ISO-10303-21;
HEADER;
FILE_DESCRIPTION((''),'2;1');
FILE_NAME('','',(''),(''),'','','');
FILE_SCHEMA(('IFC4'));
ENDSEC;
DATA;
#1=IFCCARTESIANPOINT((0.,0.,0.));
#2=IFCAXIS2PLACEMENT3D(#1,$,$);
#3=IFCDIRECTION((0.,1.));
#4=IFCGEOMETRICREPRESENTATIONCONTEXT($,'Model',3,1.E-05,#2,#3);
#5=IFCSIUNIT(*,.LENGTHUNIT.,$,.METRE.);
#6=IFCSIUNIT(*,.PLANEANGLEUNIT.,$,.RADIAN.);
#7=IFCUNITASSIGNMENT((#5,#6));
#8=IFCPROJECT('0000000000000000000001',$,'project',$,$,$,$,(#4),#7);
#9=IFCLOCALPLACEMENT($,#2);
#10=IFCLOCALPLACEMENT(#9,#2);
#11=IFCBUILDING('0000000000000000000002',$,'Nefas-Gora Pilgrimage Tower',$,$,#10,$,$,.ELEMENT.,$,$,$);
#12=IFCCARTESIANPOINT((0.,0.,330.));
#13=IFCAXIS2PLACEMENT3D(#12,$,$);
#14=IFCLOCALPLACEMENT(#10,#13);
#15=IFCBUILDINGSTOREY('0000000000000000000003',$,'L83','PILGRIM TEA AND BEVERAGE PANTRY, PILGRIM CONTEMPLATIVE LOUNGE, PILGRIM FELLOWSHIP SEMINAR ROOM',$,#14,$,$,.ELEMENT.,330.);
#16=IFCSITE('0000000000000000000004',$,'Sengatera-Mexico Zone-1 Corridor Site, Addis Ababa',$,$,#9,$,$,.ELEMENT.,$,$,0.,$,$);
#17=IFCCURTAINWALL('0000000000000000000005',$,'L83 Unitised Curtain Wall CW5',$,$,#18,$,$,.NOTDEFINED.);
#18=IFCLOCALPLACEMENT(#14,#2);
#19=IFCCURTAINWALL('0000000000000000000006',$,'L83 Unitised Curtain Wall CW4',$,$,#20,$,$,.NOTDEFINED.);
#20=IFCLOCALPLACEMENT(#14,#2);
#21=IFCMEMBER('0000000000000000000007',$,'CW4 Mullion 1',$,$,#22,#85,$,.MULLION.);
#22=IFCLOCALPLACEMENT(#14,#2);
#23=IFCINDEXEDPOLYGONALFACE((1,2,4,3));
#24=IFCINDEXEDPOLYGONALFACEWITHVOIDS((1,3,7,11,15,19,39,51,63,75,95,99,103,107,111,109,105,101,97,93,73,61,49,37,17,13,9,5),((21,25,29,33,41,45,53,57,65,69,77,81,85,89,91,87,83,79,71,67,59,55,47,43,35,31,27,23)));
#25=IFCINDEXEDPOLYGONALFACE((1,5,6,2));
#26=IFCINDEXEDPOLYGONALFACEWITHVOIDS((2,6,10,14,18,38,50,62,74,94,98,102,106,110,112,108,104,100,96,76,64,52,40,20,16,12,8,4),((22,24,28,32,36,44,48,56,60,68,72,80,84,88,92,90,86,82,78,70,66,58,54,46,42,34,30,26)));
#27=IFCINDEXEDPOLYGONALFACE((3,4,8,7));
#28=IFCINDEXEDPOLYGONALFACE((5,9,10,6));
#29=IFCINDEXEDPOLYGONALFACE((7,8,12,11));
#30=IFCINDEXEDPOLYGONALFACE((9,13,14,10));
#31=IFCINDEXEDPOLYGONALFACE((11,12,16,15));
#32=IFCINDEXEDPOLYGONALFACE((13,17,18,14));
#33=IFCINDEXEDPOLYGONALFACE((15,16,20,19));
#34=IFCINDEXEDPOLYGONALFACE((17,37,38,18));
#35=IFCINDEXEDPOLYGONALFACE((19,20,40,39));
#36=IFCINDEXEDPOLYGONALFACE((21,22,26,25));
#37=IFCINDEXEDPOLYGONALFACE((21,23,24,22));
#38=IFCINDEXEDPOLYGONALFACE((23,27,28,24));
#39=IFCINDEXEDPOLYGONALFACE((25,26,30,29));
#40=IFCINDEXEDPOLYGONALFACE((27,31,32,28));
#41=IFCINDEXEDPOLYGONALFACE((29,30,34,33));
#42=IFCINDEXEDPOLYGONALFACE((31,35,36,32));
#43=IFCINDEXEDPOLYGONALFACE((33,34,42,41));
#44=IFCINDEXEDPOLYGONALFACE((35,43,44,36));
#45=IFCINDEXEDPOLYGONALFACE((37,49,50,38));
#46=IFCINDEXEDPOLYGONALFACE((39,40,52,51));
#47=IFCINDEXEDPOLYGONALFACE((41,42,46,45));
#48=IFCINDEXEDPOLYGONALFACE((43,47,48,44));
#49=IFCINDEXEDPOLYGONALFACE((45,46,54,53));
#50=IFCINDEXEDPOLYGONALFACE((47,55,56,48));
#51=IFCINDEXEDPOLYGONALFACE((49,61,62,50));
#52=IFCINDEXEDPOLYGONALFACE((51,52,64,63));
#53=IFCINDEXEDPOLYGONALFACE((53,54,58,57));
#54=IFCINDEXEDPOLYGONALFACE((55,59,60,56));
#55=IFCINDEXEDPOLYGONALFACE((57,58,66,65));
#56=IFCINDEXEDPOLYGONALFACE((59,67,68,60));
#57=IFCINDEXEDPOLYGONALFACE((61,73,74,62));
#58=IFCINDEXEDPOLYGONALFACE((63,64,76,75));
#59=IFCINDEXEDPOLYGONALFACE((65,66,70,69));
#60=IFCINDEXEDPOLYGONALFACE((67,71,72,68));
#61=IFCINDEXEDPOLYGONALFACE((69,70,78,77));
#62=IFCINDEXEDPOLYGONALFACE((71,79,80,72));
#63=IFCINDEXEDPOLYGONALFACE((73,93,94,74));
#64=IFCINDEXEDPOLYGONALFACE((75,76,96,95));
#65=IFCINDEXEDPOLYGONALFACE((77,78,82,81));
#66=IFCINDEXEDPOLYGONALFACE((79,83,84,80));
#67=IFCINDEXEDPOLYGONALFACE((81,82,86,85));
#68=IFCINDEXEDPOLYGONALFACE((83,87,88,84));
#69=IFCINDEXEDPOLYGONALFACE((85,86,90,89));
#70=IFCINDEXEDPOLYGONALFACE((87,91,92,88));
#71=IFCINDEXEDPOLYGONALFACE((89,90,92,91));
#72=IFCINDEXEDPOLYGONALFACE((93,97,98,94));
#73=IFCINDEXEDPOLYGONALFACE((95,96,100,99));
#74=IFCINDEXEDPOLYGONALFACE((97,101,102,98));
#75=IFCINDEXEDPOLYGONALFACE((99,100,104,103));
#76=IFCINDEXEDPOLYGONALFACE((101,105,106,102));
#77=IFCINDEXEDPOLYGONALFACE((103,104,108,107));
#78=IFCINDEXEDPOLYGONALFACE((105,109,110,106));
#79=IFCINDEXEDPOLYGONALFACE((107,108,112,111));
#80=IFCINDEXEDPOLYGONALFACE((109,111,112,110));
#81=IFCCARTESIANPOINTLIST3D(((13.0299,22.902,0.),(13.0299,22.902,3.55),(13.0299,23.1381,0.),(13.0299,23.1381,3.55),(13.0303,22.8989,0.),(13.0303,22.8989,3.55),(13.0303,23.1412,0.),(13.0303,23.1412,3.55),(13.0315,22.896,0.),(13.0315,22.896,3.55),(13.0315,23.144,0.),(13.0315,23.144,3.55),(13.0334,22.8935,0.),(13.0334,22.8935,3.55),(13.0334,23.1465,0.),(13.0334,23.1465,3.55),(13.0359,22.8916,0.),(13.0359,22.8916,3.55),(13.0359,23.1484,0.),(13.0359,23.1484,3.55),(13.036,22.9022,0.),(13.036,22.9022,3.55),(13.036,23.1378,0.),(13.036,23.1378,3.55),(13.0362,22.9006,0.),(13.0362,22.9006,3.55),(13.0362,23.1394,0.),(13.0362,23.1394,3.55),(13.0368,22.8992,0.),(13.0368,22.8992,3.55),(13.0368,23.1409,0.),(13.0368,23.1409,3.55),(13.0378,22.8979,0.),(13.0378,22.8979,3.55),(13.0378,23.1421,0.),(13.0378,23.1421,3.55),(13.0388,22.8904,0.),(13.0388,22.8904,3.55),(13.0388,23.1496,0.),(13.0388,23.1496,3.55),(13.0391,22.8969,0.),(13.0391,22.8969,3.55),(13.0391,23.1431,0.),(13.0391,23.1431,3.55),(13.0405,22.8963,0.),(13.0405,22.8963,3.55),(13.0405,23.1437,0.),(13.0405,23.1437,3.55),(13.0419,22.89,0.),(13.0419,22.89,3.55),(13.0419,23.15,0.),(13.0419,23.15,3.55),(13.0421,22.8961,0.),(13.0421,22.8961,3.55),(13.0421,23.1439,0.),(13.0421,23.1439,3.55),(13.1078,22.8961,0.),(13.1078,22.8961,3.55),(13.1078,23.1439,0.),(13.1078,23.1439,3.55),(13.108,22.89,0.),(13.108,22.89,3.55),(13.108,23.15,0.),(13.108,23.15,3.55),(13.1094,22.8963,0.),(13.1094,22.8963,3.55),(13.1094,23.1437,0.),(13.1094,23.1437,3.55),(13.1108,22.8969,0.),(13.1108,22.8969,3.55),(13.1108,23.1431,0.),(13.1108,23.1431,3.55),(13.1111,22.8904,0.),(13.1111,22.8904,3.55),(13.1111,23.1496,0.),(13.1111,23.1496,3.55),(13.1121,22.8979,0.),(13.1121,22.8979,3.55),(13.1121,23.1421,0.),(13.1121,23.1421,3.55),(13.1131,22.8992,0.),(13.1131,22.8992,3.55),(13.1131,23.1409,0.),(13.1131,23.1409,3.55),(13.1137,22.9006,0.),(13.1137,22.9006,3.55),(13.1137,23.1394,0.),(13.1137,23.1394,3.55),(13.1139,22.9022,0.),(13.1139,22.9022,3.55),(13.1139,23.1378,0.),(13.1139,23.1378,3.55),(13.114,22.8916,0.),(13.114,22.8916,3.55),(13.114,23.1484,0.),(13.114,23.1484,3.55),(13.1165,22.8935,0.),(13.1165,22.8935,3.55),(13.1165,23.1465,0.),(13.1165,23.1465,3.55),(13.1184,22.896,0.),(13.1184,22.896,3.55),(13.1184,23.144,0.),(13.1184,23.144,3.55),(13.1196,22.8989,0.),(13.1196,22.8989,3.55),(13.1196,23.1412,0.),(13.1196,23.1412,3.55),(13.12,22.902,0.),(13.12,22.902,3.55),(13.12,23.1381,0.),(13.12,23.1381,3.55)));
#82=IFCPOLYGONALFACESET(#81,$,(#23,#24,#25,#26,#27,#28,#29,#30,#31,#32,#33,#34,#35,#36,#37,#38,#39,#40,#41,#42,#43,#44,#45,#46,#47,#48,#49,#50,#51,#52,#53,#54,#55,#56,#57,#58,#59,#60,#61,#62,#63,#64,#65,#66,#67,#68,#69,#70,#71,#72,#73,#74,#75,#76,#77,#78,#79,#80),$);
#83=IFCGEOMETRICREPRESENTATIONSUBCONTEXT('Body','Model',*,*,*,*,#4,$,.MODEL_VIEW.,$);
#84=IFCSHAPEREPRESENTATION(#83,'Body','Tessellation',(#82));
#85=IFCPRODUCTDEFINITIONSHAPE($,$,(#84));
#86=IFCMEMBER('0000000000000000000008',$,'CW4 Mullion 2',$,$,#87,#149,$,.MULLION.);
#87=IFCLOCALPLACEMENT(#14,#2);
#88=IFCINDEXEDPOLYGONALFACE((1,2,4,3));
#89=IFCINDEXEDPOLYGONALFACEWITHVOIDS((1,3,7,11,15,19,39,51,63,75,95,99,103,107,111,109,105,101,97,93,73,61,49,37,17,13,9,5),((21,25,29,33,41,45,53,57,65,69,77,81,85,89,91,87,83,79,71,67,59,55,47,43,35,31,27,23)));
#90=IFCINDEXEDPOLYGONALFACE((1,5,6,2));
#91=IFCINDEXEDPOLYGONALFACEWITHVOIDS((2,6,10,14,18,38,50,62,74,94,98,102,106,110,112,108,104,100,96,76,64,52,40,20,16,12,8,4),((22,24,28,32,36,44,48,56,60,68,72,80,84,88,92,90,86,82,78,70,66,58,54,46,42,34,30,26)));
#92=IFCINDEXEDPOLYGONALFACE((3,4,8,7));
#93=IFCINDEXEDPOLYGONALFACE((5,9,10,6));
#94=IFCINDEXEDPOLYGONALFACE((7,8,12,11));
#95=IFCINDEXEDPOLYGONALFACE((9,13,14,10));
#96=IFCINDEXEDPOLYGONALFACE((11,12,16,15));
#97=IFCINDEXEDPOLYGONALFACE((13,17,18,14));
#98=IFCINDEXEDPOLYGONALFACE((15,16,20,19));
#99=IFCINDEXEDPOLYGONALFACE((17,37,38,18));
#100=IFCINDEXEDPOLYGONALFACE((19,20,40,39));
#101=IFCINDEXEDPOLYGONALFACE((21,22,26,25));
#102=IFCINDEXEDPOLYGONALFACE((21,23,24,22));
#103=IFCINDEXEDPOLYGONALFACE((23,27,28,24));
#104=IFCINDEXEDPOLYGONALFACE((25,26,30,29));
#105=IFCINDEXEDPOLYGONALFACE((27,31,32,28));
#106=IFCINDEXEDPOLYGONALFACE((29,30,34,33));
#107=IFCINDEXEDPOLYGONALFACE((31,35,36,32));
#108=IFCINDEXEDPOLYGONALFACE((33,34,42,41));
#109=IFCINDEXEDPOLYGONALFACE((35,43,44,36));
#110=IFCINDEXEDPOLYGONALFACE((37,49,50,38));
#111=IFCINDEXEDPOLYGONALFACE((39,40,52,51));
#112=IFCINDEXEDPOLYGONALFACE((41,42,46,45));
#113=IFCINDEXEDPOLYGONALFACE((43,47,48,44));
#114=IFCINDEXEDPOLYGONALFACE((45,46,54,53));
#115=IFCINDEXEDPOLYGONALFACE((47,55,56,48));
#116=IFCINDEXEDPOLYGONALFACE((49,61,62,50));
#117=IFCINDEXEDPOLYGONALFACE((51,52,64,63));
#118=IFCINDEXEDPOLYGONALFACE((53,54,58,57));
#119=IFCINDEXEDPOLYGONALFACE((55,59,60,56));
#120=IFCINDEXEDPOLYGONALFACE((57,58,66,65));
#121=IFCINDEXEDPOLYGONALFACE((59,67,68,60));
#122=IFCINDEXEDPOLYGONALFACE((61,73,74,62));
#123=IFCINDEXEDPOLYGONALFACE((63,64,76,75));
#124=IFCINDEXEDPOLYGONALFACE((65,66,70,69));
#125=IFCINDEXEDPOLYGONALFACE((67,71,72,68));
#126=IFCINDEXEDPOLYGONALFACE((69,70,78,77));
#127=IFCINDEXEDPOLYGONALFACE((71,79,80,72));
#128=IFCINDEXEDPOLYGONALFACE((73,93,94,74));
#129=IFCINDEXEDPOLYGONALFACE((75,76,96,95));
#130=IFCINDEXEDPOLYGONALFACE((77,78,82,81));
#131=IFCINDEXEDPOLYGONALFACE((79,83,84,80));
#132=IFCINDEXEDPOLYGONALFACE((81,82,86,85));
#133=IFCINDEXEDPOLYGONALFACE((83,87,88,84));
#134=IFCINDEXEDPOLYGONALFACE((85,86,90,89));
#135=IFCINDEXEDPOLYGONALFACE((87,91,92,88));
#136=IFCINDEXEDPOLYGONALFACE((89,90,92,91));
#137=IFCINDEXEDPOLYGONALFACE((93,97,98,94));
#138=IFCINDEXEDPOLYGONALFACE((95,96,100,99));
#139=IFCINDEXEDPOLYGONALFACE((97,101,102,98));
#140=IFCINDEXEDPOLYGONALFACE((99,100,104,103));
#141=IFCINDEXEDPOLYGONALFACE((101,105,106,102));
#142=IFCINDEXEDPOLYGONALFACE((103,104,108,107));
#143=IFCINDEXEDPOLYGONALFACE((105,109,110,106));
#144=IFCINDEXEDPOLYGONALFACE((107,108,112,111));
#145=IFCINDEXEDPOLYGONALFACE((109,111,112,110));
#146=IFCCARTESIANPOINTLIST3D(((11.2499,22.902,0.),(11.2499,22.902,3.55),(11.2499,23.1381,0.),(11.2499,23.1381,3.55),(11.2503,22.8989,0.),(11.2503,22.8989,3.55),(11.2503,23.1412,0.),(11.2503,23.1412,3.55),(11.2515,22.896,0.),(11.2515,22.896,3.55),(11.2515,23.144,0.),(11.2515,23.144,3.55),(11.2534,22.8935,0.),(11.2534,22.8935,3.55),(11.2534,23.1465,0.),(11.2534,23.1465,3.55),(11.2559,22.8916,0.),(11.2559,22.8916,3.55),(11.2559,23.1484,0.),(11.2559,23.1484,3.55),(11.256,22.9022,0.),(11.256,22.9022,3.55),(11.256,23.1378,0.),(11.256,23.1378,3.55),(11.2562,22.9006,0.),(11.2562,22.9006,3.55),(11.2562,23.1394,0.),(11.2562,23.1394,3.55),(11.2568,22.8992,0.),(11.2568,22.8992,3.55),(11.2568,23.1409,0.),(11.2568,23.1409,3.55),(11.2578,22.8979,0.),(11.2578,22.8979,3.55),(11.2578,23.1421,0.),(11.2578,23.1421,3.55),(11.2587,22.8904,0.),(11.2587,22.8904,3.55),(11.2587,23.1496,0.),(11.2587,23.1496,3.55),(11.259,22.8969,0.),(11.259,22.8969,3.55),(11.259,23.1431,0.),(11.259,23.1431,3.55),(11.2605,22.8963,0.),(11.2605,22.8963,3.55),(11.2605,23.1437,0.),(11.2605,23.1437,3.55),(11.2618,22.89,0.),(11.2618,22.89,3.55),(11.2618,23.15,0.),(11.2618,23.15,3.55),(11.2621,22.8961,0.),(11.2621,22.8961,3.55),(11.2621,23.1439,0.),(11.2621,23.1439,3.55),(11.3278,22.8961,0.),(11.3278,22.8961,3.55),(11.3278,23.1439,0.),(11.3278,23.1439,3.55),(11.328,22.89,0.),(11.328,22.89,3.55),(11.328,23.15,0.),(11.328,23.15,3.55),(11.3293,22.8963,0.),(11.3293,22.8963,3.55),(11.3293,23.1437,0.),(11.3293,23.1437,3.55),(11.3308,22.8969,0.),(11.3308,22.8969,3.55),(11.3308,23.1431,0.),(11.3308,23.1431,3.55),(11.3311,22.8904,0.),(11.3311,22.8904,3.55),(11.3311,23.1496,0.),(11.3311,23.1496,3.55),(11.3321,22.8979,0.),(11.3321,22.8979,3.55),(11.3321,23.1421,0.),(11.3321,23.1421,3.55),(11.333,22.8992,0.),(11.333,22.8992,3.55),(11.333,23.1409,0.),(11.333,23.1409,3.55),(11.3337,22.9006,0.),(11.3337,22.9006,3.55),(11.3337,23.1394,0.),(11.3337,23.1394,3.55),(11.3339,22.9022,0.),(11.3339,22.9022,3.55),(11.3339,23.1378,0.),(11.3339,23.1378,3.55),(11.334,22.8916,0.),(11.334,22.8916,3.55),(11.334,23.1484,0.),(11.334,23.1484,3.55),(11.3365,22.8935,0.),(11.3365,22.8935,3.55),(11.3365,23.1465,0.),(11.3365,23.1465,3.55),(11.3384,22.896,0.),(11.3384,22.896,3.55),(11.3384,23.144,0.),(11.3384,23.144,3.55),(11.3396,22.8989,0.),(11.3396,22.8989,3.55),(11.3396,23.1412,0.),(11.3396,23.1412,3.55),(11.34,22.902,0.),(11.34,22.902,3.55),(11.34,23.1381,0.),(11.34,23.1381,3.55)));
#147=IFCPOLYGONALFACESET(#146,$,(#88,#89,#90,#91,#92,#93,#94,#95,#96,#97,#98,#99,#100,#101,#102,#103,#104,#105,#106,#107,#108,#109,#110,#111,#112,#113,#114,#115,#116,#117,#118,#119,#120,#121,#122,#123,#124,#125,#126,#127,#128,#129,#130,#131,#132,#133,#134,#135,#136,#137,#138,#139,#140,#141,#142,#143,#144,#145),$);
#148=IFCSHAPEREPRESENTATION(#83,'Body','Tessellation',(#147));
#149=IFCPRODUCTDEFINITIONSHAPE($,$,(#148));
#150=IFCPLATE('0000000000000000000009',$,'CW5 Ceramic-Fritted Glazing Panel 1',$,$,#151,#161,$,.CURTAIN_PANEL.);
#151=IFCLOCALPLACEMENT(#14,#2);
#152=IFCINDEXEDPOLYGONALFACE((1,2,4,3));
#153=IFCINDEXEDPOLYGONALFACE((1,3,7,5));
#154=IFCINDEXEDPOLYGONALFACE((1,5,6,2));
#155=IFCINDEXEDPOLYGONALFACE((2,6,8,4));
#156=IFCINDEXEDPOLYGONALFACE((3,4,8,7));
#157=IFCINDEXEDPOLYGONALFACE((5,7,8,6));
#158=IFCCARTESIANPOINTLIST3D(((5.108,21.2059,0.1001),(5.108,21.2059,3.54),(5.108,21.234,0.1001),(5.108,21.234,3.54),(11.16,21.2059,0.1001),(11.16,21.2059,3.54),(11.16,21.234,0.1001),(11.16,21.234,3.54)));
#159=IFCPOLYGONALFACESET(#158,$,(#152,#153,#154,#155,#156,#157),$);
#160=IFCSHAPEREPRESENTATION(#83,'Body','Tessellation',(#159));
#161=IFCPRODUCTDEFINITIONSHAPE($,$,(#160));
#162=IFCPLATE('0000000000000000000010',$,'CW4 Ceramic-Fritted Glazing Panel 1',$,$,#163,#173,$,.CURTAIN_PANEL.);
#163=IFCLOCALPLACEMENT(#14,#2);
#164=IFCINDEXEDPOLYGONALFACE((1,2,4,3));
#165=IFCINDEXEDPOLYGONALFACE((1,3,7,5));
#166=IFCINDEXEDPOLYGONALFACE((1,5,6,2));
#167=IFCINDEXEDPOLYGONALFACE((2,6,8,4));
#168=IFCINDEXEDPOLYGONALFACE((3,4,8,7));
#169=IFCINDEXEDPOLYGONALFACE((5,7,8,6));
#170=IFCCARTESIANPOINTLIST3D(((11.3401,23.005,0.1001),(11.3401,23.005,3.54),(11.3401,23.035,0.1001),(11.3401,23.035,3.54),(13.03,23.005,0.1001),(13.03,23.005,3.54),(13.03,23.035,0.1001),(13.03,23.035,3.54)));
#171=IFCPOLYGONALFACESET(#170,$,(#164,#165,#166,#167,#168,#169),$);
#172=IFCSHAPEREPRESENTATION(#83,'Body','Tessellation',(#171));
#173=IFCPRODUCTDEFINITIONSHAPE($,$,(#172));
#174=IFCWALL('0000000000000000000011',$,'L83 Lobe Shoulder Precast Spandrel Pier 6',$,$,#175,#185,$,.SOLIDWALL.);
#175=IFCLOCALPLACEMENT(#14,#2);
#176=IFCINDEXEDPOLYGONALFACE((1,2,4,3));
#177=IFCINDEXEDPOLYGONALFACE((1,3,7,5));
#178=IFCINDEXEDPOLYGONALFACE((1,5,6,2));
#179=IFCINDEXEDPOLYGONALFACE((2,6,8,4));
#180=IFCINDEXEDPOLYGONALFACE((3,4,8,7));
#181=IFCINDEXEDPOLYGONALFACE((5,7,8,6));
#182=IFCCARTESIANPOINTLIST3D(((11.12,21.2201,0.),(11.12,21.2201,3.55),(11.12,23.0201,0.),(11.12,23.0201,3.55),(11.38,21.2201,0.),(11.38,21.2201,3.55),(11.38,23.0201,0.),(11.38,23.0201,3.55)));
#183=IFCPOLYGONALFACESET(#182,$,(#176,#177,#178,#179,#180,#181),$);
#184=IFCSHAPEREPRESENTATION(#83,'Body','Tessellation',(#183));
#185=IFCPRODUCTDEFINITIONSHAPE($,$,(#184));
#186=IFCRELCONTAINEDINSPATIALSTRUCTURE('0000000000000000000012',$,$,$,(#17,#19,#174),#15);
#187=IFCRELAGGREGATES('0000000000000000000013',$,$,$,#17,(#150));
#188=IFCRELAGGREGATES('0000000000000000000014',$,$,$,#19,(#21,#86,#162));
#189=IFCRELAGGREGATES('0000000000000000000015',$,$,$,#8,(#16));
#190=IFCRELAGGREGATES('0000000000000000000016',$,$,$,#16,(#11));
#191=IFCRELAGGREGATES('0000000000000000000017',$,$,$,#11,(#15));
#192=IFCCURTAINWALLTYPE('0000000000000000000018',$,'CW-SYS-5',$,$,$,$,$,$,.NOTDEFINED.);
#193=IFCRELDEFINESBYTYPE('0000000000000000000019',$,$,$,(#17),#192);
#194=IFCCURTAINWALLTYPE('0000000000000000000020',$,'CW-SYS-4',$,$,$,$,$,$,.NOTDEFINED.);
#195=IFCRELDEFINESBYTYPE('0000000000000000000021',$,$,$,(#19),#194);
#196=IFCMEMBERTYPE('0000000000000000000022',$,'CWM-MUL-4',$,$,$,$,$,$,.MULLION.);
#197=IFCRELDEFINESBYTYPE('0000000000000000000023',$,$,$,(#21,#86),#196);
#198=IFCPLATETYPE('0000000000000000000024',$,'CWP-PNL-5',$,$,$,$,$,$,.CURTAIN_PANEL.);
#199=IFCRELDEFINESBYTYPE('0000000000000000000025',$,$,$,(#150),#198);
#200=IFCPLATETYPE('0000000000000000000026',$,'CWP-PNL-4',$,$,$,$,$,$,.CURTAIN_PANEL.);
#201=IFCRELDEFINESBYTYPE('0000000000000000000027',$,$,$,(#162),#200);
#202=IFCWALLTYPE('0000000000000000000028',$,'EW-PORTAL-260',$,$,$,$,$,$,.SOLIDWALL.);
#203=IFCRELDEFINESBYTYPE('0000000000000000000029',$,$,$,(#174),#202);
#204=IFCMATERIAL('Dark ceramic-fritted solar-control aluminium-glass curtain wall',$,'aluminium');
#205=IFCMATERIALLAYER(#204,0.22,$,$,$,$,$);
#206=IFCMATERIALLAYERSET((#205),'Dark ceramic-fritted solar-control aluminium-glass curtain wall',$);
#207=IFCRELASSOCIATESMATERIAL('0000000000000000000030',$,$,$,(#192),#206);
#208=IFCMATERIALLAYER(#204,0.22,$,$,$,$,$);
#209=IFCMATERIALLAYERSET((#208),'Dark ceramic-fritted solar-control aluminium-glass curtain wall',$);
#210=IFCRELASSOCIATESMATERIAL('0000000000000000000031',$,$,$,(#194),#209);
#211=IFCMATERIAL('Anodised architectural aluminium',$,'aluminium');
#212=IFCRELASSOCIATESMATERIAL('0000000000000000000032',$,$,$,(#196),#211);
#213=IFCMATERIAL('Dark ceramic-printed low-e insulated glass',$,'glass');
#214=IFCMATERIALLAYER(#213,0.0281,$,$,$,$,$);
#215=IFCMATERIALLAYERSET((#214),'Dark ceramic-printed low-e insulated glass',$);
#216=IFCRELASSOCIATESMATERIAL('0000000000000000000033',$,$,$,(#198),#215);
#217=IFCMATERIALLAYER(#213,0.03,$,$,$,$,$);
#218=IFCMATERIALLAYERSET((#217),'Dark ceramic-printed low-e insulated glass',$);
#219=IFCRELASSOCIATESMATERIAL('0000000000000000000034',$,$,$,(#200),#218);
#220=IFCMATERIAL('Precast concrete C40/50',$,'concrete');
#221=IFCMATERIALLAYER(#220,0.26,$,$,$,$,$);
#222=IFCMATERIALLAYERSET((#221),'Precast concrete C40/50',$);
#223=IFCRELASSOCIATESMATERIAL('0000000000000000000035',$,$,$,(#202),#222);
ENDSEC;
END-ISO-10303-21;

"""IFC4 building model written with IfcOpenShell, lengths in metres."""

from ifc_helpers import new_model, si_unit, direction, frame, frame_2d, origin, origin_2d, place, context, subcontext, project, spatial, rectangle, hollow_rectangle, extrude, source, transform, mapped, material, layer, layer_set, material_profile, profile_set, type_object, element, aggregate, save


model = new_model("IFC4")

# Units and contexts
model_context = context("Model", 3, precision=1e-05, world=origin(), true_north=direction((0.0, 1.0)))
body_context = subcontext(model_context, "Body", "Model", "MODEL_VIEW")
ifc_project = project(units=[si_unit("LENGTHUNIT", "METRE"), si_unit("PLANEANGLEUNIT", "RADIAN")], contexts=[model_context])

# Site, building, storey
site_placement = place(None, origin())
site = spatial("IfcSite", under=ifc_project, at=site_placement, Name="Sengatera-Mexico Zone-1 Corridor Site, Addis Ababa", CompositionType="ELEMENT", RefElevation=0.0)
building_placement = place(site_placement, origin())
building = spatial("IfcBuilding", under=site, at=building_placement, Name="Nefas-Gora Pilgrimage Tower", CompositionType="ELEMENT")
storey_placement = place(building_placement, frame((0.0, 0.0, 330.0)))
storey = spatial("IfcBuildingStorey", under=building, at=storey_placement, Name="L83", Description="PILGRIM TEA AND BEVERAGE PANTRY, PILGRIM CONTEMPLATIVE LOUNGE, PILGRIM FELLOWSHIP SEMINAR ROOM", CompositionType="ELEMENT", Elevation=330.0)

# Curtain wall
ifc_material_1 = material(Name="Dark ceramic-fritted solar-control aluminium-glass curtain wall", Category="aluminium")
ifc_layer_1 = layer(ifc_material_1, 0.22)
ifc_layer_set_1 = layer_set([ifc_layer_1], Name="Dark ceramic-fritted solar-control aluminium-glass curtain wall")
curtain_wall_type_1 = type_object("IfcCurtainWallType", Name="CW-SYS-5", PredefinedType="NOTDEFINED", material=ifc_layer_set_1)
curtain_wall_1_placement = place(storey_placement, origin())
curtain_wall_1 = element("IfcCurtainWall", 1, at=curtain_wall_1_placement, inside=storey, type_object=curtain_wall_type_1, Name="L83 Unitised Curtain Wall CW5", PredefinedType="NOTDEFINED")
ifc_material_2 = material(Name="Anodised architectural aluminium", Category="aluminium")

# Curtain wall
ifc_layer_2 = layer(ifc_material_1, 0.22)
ifc_layer_set_2 = layer_set([ifc_layer_2], Name="Dark ceramic-fritted solar-control aluminium-glass curtain wall")
curtain_wall_type_2 = type_object("IfcCurtainWallType", Name="CW-SYS-4", PredefinedType="NOTDEFINED", material=ifc_layer_set_2)
curtain_wall_2_placement = place(storey_placement, origin())
curtain_wall_2 = element("IfcCurtainWall", 2, at=curtain_wall_2_placement, inside=storey, type_object=curtain_wall_type_2, Name="L83 Unitised Curtain Wall CW4", PredefinedType="NOTDEFINED")
ifc_material_profile_1 = material_profile(ifc_material_2, hollow_rectangle(XDim=0.0901, YDim=0.26, WallThickness=0.0061, InnerFilletRadius=0.0061, OuterFilletRadius=0.012, at=origin_2d()), Name="ALU MULLION 90x260")
ifc_profile_set_1 = profile_set([ifc_material_profile_1], Name="Anodised architectural aluminium")
member_type_1 = type_object("IfcMemberType", Name="CWM-MUL-4", PredefinedType="MULLION", material=ifc_profile_set_1)
shared_shape_1 = source(origin(), body_context, "Body", "SweptSolid", [
    extrude(hollow_rectangle(XDim=0.0901, YDim=0.26, WallThickness=0.0061, InnerFilletRadius=0.0061, OuterFilletRadius=0.012, at=origin_2d()), origin(), (0.0, 0.0, 1.0), 3.55),
])

# Members
member_1_placement = place(storey_placement, frame((13.075, 23.02, 0.0), z_axis=(0.0, 0.0, 1.0), x_axis=(-1.0, 0.0, 0.0)))
member_1 = element("IfcMember", 3, at=member_1_placement, type_object=member_type_1, Name="CW4 Mullion 1", PredefinedType="MULLION", context=body_context, shape_type="MappedRepresentation", body=[
    mapped(shared_shape_1, transform((0.0, 0.0, 0.0), x_axis=(1.0, 0.0, 0.0), y_axis=(0.0, 1.0, 0.0), z_axis=(0.0, 0.0, 1.0), scale=1.0)),
])
member_2_placement = place(storey_placement, frame((11.2949, 23.02, 0.0), z_axis=(0.0, 0.0, 1.0), x_axis=(-1.0, 0.0, 0.0)))
member_2 = element("IfcMember", 4, at=member_2_placement, type_object=member_type_1, Name="CW4 Mullion 2", PredefinedType="MULLION", context=body_context, shape_type="MappedRepresentation", body=[
    mapped(shared_shape_1, transform((0.0, 0.0, 0.0), x_axis=(1.0, 0.0, 0.0), y_axis=(0.0, 1.0, 0.0), z_axis=(0.0, 0.0, 1.0), scale=1.0)),
])

# Plates
ifc_material_3 = material(Name="Dark ceramic-printed low-e insulated glass", Category="glass")
ifc_layer_3 = layer(ifc_material_3, 0.0281)
ifc_layer_set_3 = layer_set([ifc_layer_3], Name="Dark ceramic-printed low-e insulated glass")
plate_type_1 = type_object("IfcPlateType", Name="CWP-PNL-5", PredefinedType="CURTAIN_PANEL", material=ifc_layer_set_3)
shared_shape_2 = source(origin(), body_context, "Body", "SweptSolid", [
    extrude(rectangle(XDim=6.052, YDim=0.0281, at=origin_2d()), origin(), (0.0, 0.0, 1.0), 3.4399),
])
plate_1_placement = place(storey_placement, frame((8.134, 21.22, 0.1001), z_axis=(0.0, 0.0, 1.0), x_axis=(-1.0, 0.0, 0.0)))
plate_1 = element("IfcPlate", 5, at=plate_1_placement, type_object=plate_type_1, Name="CW5 Ceramic-Fritted Glazing Panel 1", PredefinedType="CURTAIN_PANEL", context=body_context, shape_type="MappedRepresentation", body=[
    mapped(shared_shape_2, transform((0.0, 0.0, 0.0), x_axis=(1.0, 0.0, 0.0), y_axis=(0.0, 1.0, 0.0), z_axis=(0.0, 0.0, 1.0), scale=1.0)),
])
aggregate(curtain_wall_1, [plate_1])
ifc_layer_4 = layer(ifc_material_3, 0.03)
ifc_layer_set_4 = layer_set([ifc_layer_4], Name="Dark ceramic-printed low-e insulated glass")
plate_type_2 = type_object("IfcPlateType", Name="CWP-PNL-4", PredefinedType="CURTAIN_PANEL", material=ifc_layer_set_4)
shared_shape_3 = source(origin(), body_context, "Body", "SweptSolid", [
    extrude(rectangle(XDim=1.6899, YDim=0.03, at=origin_2d()), origin(), (0.0, 0.0, 1.0), 3.4399),
])
plate_2_placement = place(storey_placement, frame((12.1851, 23.02, 0.1001), z_axis=(0.0, 0.0, 1.0), x_axis=(-1.0, 0.0, 0.0)))
plate_2 = element("IfcPlate", 6, at=plate_2_placement, type_object=plate_type_2, Name="CW4 Ceramic-Fritted Glazing Panel 1", PredefinedType="CURTAIN_PANEL", context=body_context, shape_type="MappedRepresentation", body=[
    mapped(shared_shape_3, transform((0.0, 0.0, 0.0), x_axis=(1.0, 0.0, 0.0), y_axis=(0.0, 1.0, 0.0), z_axis=(0.0, 0.0, 1.0), scale=1.0)),
])
aggregate(curtain_wall_2, [member_1, member_2, plate_2])

# Wall
ifc_material_4 = material(Name="Precast concrete C40/50", Category="concrete")
ifc_layer_5 = layer(ifc_material_4, 0.26)
ifc_layer_set_5 = layer_set([ifc_layer_5], Name="Precast concrete C40/50")
wall_type_1 = type_object("IfcWallType", Name="EW-PORTAL-260", PredefinedType="SOLIDWALL", material=ifc_layer_set_5)
shared_shape_4 = source(origin(), body_context, "Body", "SweptSolid", [
    extrude(rectangle(XDim=1.8, YDim=0.26, at=frame_2d((0.8999, 0.0))), origin(), (0.0, 0.0, 1.0), 3.55),
])
wall_1_placement = place(storey_placement, frame((11.25, 23.02, 0.0), z_axis=(0.0, 0.0, 1.0), x_axis=(0.0, -1.0, 0.0)))
element("IfcWall", 7, at=wall_1_placement, inside=storey, type_object=wall_type_1, Name="L83 Lobe Shoulder Precast Spandrel Pier 6", PredefinedType="SOLIDWALL", context=body_context, shape_type="MappedRepresentation", body=[
    mapped(shared_shape_4, transform((0.0, 0.0, 0.0), x_axis=(1.0, 0.0, 0.0), y_axis=(0.0, 1.0, 0.0), z_axis=(0.0, 0.0, 1.0), scale=1.0)),
])

save(model, "model.ifc")
